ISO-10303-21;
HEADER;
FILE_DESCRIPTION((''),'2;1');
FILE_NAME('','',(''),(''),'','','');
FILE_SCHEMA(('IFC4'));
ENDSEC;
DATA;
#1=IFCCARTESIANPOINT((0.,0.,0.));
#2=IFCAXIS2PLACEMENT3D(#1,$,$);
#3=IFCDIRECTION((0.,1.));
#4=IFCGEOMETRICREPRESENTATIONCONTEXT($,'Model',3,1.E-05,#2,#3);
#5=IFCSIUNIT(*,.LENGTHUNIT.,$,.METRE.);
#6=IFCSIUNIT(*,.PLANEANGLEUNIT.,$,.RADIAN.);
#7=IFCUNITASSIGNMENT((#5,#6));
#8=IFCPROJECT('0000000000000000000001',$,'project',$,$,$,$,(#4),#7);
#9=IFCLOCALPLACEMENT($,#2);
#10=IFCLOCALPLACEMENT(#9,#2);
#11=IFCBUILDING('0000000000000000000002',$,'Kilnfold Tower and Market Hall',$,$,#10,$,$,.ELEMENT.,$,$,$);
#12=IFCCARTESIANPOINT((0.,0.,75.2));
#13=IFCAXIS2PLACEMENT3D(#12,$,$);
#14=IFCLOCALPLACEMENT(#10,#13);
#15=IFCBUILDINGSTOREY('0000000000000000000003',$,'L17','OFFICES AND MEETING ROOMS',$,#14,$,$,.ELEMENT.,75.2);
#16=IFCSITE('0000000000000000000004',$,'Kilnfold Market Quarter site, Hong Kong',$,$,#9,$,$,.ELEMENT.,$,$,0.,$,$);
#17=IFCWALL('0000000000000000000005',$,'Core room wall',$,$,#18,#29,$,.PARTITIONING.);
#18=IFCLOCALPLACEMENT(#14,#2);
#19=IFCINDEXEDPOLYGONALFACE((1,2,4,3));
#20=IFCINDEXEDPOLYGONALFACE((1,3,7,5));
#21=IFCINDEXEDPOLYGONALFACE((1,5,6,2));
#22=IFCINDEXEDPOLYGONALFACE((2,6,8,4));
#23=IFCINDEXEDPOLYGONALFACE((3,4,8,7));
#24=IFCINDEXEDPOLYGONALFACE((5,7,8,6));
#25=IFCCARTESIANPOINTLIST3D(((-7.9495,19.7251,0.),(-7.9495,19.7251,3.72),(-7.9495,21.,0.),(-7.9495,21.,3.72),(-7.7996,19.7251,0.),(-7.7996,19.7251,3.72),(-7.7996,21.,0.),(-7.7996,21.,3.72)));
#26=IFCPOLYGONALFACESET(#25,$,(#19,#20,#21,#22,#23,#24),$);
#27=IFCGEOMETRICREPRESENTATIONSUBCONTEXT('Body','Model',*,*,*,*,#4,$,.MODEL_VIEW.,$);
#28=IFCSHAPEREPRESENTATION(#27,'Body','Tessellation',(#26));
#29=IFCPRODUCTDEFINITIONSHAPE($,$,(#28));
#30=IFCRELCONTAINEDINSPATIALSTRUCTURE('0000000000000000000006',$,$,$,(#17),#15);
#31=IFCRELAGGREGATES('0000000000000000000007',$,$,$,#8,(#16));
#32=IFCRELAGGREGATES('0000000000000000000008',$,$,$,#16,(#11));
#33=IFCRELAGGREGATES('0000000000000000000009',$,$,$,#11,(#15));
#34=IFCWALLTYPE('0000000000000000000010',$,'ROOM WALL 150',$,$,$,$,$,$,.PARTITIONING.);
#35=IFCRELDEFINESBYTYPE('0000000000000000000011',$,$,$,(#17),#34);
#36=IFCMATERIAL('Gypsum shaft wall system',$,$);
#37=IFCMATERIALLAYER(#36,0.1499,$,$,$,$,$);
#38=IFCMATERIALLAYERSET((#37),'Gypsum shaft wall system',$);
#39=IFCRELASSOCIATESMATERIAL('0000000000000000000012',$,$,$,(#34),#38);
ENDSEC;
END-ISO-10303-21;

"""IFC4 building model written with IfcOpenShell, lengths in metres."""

from ifc_helpers import new_model, si_unit, direction, frame, frame_2d, origin, place, context, subcontext, project, spatial, rectangle, extrude, source, transform, mapped, material, layer, layer_set, type_object, element, save


model = new_model("IFC4")

# Units and contexts
model_context = context("Model", 3, precision=1e-05, world=origin(), true_north=direction((0.0, 1.0)))
body_context = subcontext(model_context, "Body", "Model", "MODEL_VIEW")
ifc_project = project(units=[si_unit("LENGTHUNIT", "METRE"), si_unit("PLANEANGLEUNIT", "RADIAN")], contexts=[model_context])

# Site, building, storey
site_placement = place(None, origin())
site = spatial("IfcSite", under=ifc_project, at=site_placement, Name="Kilnfold Market Quarter site, Hong Kong", CompositionType="ELEMENT", RefElevation=0.0)
building_placement = place(site_placement, origin())
building = spatial("IfcBuilding", under=site, at=building_placement, Name="Kilnfold Tower and Market Hall", CompositionType="ELEMENT")
storey_placement = place(building_placement, frame((0.0, 0.0, 75.2)))
storey = spatial("IfcBuildingStorey", under=building, at=storey_placement, Name="L17", Description="OFFICES AND MEETING ROOMS", CompositionType="ELEMENT", Elevation=75.2)

# Wall
ifc_material_1 = material(Name="Gypsum shaft wall system")
ifc_layer_1 = layer(ifc_material_1, 0.1499)
ifc_layer_set_1 = layer_set([ifc_layer_1], Name="Gypsum shaft wall system")
wall_type_1 = type_object("IfcWallType", Name="ROOM WALL 150", PredefinedType="PARTITIONING", material=ifc_layer_set_1)
shared_shape_1 = source(origin(), body_context, "Body", "SweptSolid", [
    extrude(rectangle(XDim=1.2749, YDim=0.1499, at=frame_2d((0.6375, 0.0))), origin(), (0.0, 0.0, 1.0), 3.72),
])
wall_1_placement = place(storey_placement, frame((-7.8745, 19.7251, 0.0), z_axis=(0.0, 0.0, 1.0), x_axis=(0.0, 1.0, 0.0)))
element("IfcWall", 1, at=wall_1_placement, inside=storey, type_object=wall_type_1, Name="Core room wall", PredefinedType="PARTITIONING", context=body_context, shape_type="MappedRepresentation", body=[
    mapped(shared_shape_1, transform((0.0, 0.0, 0.0))),
])

save(model, "model.ifc")
